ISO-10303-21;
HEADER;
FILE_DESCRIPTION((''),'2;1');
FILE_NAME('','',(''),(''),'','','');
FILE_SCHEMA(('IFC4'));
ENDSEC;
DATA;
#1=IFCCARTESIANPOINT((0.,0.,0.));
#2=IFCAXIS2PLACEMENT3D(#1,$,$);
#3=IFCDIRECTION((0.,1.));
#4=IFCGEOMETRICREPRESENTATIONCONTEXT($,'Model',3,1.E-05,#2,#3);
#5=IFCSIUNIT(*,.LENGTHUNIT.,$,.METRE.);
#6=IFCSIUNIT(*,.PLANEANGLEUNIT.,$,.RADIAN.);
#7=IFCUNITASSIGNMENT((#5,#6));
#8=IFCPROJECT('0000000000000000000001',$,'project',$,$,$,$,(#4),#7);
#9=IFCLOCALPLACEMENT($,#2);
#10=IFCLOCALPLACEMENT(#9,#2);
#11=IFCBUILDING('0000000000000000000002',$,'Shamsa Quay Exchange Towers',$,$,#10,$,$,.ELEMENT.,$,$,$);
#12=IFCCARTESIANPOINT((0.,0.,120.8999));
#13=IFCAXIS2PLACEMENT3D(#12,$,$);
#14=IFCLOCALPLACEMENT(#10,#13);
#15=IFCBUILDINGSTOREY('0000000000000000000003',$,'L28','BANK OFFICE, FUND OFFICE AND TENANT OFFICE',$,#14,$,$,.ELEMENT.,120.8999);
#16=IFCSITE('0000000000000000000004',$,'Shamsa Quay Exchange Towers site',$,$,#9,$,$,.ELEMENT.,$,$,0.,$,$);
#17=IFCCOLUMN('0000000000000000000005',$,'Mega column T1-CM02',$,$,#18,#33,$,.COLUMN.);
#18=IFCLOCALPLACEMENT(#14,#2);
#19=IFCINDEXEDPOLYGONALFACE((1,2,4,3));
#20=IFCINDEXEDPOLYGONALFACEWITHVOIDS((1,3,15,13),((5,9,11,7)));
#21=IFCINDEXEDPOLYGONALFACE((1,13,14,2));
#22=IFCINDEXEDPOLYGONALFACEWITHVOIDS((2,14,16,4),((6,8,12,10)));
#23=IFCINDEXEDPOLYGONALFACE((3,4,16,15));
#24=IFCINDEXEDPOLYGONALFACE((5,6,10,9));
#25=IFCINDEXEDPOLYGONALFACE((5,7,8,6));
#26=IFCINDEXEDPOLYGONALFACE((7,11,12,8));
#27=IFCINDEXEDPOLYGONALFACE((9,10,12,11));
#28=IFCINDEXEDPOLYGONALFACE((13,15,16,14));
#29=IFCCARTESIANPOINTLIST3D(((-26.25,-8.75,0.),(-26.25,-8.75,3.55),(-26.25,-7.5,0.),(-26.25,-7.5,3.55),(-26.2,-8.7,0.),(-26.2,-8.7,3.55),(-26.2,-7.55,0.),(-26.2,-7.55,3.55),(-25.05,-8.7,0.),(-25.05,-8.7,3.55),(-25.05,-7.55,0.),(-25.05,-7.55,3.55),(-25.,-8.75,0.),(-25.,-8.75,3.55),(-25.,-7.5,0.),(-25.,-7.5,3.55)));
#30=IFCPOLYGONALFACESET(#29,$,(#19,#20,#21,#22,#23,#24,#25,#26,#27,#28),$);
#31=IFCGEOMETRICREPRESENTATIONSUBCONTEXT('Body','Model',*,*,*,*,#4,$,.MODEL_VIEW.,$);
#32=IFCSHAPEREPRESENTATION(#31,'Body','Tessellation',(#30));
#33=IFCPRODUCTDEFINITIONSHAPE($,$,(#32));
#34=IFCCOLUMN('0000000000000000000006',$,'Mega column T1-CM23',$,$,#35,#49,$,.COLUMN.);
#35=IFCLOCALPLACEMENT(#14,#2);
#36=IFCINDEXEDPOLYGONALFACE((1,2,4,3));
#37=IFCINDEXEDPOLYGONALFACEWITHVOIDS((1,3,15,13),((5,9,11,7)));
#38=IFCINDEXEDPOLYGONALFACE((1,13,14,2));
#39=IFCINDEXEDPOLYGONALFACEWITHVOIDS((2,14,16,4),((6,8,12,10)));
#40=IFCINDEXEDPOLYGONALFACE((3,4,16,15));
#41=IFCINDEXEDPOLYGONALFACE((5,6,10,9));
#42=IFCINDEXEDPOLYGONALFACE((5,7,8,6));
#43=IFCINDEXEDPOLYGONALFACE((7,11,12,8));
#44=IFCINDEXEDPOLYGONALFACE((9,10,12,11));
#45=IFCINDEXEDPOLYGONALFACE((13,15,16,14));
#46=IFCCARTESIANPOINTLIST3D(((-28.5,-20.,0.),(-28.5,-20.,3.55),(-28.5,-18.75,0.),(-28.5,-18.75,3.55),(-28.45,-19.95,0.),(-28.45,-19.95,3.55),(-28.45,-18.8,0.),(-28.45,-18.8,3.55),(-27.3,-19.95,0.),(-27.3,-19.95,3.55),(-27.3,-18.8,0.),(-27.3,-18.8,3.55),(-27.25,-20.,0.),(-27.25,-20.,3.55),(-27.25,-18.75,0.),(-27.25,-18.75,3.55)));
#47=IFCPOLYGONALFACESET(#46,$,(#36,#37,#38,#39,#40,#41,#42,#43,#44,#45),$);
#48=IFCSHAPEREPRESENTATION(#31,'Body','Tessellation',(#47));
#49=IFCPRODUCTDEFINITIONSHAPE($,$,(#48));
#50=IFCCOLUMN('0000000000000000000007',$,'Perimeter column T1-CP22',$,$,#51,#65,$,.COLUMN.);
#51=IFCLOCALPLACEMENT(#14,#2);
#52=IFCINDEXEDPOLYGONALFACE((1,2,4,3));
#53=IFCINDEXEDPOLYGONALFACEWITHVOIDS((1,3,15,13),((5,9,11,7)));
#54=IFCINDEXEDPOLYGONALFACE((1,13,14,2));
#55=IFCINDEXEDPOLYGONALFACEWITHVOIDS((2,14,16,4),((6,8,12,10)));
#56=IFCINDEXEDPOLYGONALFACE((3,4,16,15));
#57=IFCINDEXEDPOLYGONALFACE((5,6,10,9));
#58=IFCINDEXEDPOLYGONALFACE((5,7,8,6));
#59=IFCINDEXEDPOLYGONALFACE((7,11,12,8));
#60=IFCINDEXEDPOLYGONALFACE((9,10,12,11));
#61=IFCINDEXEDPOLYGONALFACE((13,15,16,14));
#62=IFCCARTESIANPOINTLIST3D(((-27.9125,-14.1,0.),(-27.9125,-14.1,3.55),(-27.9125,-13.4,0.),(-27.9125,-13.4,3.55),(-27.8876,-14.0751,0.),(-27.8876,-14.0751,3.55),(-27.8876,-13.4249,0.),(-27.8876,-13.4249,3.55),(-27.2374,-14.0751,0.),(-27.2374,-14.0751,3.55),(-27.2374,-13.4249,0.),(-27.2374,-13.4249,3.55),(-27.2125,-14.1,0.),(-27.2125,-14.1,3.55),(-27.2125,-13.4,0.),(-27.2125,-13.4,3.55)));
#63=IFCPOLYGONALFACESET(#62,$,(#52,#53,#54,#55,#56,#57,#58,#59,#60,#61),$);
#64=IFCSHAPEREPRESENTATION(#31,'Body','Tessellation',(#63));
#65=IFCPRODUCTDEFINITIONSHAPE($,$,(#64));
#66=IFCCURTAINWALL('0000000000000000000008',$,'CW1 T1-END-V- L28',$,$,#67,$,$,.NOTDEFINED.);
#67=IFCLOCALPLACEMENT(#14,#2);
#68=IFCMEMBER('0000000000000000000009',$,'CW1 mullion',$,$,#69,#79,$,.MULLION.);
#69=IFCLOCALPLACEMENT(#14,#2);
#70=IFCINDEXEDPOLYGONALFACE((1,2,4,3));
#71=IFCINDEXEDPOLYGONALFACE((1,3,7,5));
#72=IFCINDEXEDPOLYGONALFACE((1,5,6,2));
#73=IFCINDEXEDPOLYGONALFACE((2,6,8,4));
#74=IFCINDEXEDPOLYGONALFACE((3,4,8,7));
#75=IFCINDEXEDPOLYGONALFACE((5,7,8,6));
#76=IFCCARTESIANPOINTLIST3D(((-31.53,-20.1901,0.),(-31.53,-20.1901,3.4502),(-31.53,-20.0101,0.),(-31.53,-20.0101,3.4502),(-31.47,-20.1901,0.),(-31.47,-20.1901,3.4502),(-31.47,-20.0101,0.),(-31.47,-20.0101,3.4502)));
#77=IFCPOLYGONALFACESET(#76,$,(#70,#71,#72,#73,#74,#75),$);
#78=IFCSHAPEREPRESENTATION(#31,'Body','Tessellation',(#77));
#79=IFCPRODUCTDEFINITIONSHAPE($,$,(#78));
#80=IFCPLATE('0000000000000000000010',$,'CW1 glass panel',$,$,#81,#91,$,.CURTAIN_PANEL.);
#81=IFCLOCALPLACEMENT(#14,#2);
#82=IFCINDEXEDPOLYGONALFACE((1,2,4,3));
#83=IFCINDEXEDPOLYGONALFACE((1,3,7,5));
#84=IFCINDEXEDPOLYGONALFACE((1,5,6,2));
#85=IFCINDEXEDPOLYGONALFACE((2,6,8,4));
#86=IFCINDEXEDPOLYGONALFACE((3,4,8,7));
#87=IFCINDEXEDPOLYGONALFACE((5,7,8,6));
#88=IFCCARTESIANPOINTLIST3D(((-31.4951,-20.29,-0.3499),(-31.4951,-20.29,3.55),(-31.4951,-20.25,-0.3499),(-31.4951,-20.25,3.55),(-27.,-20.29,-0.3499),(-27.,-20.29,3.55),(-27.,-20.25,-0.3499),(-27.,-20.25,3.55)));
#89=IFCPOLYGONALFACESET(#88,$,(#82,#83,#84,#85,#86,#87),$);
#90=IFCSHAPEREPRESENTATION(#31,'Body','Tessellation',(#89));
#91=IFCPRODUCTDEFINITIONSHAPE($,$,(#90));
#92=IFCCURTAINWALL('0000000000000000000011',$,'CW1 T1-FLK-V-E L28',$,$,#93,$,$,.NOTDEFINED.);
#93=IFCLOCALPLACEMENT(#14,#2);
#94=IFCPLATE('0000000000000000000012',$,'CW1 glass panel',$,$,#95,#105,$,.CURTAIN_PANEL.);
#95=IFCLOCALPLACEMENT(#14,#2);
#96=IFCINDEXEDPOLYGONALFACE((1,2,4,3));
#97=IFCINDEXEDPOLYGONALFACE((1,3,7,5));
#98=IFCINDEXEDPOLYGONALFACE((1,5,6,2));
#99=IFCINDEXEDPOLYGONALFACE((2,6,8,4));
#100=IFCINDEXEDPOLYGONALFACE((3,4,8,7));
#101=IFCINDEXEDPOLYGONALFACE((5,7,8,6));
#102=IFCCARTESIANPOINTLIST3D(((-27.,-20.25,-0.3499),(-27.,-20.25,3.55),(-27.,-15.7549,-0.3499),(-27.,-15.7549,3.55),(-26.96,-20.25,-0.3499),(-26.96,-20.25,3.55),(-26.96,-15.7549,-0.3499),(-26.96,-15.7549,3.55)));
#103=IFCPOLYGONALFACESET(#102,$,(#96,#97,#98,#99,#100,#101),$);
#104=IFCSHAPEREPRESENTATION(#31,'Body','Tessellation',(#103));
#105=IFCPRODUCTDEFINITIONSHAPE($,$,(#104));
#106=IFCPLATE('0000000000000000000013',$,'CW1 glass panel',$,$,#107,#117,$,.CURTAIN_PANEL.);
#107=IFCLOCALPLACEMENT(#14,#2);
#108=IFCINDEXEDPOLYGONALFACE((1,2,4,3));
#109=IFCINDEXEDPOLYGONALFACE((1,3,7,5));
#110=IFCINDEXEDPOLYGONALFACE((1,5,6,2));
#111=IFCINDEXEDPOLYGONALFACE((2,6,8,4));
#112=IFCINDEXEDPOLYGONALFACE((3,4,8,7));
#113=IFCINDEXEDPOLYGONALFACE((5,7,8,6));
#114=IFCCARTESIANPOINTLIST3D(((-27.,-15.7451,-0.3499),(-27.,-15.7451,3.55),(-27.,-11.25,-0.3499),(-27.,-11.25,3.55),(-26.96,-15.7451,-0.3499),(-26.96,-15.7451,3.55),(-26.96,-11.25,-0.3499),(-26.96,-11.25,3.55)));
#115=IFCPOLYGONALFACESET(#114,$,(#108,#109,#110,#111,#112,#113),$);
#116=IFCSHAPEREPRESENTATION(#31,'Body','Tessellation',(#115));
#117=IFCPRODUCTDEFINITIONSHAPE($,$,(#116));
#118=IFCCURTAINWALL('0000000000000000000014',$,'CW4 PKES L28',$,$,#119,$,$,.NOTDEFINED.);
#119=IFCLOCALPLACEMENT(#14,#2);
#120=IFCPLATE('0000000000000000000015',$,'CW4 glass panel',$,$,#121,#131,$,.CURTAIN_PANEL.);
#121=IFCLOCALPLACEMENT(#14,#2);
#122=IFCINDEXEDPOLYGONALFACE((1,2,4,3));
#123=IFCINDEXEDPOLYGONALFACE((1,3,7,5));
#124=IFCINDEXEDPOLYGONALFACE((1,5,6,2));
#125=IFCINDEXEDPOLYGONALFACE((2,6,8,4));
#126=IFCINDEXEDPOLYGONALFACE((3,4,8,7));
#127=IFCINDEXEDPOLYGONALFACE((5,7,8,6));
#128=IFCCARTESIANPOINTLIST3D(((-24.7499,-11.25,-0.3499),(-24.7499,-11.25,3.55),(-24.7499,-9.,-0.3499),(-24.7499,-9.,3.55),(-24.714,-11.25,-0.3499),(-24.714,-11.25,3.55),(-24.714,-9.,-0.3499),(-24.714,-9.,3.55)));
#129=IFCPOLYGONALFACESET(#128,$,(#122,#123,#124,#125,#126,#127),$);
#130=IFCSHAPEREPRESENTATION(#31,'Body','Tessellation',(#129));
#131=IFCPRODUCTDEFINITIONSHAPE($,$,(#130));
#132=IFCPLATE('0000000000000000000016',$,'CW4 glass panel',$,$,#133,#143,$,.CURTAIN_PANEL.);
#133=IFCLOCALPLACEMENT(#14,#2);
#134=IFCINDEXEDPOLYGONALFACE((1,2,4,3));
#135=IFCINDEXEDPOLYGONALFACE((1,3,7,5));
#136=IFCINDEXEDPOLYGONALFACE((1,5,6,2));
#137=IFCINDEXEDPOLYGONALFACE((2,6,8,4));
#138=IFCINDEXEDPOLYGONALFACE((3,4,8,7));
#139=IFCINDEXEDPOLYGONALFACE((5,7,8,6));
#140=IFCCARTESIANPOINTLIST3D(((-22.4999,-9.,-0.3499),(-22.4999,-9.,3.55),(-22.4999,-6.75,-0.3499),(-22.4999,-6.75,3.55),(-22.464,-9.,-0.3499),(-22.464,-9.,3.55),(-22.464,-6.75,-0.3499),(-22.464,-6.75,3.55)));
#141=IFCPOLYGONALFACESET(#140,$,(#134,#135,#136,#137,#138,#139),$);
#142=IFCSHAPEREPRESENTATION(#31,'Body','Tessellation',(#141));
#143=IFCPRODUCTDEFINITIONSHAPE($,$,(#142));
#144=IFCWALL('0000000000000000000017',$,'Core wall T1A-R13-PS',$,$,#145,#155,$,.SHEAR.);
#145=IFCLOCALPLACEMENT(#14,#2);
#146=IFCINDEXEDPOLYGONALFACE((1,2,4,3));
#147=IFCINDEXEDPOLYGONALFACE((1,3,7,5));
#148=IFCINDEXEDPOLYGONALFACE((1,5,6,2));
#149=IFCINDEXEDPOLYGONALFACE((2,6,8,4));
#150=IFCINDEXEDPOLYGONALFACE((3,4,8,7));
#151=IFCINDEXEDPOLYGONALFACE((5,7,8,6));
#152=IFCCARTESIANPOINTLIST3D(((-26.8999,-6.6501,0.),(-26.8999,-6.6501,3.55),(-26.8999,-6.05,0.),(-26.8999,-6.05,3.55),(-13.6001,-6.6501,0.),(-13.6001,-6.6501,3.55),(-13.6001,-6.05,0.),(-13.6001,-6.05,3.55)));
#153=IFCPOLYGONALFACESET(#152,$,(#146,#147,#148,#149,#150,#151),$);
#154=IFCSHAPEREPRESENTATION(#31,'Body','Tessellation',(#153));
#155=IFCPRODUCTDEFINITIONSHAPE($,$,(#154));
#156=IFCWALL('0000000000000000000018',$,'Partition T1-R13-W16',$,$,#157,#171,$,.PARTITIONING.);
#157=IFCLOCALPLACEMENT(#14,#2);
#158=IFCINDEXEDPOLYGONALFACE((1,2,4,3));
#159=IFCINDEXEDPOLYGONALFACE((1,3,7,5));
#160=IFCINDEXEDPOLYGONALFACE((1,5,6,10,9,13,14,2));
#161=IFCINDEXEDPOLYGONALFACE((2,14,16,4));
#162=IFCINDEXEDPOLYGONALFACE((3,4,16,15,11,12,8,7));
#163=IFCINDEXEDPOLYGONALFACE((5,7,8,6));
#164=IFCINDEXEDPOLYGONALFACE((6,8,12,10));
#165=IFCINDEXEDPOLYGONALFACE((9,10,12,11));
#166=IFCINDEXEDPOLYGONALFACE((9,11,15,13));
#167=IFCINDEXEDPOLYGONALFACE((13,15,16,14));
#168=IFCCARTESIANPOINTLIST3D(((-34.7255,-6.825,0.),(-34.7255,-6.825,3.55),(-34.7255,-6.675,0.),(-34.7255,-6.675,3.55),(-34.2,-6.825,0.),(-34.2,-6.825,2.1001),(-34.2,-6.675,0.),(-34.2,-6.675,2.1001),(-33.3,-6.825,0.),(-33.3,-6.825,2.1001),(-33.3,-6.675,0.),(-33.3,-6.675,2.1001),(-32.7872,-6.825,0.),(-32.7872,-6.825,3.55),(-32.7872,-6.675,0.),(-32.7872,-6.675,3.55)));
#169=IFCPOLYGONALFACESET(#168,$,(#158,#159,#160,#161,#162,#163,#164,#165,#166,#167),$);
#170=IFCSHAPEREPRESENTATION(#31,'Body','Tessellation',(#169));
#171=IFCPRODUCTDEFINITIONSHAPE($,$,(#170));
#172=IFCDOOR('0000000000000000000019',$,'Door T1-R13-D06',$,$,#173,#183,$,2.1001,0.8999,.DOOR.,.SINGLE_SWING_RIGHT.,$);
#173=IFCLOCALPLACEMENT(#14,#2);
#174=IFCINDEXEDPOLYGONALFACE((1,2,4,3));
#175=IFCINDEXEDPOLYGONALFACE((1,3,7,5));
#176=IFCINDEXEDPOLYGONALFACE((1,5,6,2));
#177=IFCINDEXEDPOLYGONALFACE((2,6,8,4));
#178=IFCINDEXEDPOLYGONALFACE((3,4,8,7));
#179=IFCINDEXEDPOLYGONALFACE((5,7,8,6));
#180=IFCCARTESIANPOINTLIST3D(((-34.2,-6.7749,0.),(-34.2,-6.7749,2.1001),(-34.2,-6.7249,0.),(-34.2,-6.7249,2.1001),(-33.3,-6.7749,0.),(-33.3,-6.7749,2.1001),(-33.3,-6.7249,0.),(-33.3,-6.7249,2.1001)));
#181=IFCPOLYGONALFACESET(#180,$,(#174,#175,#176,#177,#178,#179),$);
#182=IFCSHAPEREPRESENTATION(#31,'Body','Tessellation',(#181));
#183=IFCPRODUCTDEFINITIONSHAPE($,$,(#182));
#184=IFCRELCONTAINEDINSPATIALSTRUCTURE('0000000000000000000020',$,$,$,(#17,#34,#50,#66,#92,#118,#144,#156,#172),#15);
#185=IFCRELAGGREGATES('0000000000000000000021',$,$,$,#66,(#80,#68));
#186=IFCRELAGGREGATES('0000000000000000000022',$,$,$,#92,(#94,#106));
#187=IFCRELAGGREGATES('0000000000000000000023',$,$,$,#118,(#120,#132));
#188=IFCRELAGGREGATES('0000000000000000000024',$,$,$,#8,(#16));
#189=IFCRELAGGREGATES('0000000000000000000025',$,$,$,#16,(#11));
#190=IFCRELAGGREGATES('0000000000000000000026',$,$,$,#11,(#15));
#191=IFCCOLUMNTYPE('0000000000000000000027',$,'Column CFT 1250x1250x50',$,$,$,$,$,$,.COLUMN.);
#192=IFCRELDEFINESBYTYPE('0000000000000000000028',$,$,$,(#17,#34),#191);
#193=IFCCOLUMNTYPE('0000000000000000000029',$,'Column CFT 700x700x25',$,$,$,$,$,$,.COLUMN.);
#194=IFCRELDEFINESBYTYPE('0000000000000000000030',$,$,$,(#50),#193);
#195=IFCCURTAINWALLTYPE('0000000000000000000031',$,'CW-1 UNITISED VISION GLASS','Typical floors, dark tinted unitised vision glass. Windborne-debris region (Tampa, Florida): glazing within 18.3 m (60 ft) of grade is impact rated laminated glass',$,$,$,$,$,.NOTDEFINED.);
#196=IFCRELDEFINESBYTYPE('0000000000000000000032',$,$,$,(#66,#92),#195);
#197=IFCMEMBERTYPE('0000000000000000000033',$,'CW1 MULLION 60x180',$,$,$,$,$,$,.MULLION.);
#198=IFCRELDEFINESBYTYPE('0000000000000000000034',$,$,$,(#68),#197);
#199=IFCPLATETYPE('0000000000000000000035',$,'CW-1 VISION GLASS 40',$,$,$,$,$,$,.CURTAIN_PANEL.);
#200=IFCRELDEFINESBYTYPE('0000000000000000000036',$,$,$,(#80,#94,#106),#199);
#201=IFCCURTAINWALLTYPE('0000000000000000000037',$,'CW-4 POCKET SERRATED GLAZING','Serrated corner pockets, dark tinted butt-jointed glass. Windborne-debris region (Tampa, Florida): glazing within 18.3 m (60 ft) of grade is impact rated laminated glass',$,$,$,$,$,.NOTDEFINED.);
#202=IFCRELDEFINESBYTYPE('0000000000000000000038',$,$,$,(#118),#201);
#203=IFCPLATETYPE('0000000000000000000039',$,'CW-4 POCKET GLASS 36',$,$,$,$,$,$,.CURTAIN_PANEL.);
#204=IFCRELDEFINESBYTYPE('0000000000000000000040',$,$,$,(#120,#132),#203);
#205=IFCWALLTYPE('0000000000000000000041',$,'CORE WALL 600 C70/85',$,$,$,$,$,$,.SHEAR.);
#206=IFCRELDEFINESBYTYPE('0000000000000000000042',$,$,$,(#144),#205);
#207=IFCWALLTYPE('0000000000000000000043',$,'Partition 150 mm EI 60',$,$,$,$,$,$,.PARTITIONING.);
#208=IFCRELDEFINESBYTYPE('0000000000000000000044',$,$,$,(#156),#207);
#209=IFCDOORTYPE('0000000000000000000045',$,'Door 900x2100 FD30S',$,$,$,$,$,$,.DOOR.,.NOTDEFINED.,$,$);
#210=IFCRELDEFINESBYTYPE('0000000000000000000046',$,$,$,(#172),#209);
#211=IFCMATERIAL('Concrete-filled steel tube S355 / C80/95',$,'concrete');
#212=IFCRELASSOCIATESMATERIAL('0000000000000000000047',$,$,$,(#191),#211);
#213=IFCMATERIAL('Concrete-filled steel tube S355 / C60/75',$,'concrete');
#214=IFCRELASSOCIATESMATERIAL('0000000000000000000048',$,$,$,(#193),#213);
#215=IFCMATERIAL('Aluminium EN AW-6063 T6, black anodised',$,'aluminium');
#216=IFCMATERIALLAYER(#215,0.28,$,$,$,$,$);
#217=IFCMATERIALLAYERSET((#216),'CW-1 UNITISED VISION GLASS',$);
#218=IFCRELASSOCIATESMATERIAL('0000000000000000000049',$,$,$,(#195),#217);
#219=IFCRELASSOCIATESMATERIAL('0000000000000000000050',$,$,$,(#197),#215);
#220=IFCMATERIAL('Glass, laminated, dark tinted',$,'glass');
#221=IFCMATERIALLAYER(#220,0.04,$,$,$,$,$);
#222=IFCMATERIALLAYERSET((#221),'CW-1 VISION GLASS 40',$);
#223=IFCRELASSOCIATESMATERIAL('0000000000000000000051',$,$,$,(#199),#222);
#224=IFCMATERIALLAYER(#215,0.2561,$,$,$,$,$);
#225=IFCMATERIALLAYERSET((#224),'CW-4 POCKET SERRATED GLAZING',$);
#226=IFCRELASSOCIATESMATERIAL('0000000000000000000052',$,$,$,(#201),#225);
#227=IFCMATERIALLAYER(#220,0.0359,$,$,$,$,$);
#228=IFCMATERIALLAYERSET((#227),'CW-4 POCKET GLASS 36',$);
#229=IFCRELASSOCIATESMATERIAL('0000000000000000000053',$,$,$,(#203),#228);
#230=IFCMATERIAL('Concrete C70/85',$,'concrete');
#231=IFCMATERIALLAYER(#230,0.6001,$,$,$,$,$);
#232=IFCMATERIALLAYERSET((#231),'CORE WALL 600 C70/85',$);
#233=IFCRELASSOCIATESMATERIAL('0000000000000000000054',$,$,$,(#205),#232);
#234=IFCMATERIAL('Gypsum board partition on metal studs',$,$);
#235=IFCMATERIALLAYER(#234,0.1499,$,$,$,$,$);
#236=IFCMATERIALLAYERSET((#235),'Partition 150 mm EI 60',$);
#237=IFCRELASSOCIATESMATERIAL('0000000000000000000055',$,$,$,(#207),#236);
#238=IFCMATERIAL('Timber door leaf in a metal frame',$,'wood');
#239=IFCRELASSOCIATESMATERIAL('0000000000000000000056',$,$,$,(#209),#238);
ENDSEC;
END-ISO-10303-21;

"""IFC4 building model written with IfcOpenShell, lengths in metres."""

from ifc_helpers import new_model, si_unit, direction, frame, frame_2d, origin, origin_2d, place, context, subcontext, project, spatial, rectangle, hollow_rectangle, extrude, material, layer, layer_set, material_profile, profile_set, type_object, element, fill, aggregate, save


model = new_model("IFC4")

# Units and contexts
model_context = context("Model", 3, precision=1e-05, world=origin(), true_north=direction((0.0, 1.0)))
body_context = subcontext(model_context, "Body", "Model", "MODEL_VIEW")
ifc_project = project(units=[si_unit("LENGTHUNIT", "METRE"), si_unit("PLANEANGLEUNIT", "RADIAN")], contexts=[model_context])

# Site, building, storey
site_placement = place(None, origin())
site = spatial("IfcSite", under=ifc_project, at=site_placement, Name="Shamsa Quay Exchange Towers site", CompositionType="ELEMENT", RefElevation=0.0)
building_placement = place(site_placement, origin())
building = spatial("IfcBuilding", under=site, at=building_placement, Name="Shamsa Quay Exchange Towers", CompositionType="ELEMENT")
storey_placement = place(building_placement, frame((0.0, 0.0, 120.8999)))
storey = spatial("IfcBuildingStorey", under=building, at=storey_placement, Name="L28", Description="BANK OFFICE, FUND OFFICE AND TENANT OFFICE", CompositionType="ELEMENT", Elevation=120.8999)

# Columns
ifc_material_1 = material(Name="Concrete-filled steel tube S355 / C80/95", Category="concrete")
ifc_material_profile_1 = material_profile(ifc_material_1, hollow_rectangle(XDim=1.25, YDim=1.25, WallThickness=0.05, at=origin_2d()), Name="CFT 1250x1250x50")
ifc_profile_set_1 = profile_set([ifc_material_profile_1], Name="Concrete-filled steel tube S355 / C80/95")
column_type_1 = type_object("IfcColumnType", Name="Column CFT 1250x1250x50", PredefinedType="COLUMN", material=ifc_profile_set_1)
for number, where, name in (
    (1, (-25.625, -8.125, 0.0), "Mega column T1-CM02"),
    (2, (-27.875, -19.375, 0.0), "Mega column T1-CM23"),
):
    element("IfcColumn", number, at=place(storey_placement, frame(where)), inside=storey, type_object=column_type_1, Name=name, PredefinedType="COLUMN", context=body_context, shape_type="SweptSolid", body=[
        extrude(hollow_rectangle(XDim=1.25, YDim=1.25, WallThickness=0.05, at=origin_2d()), origin(), (0.0, 0.0, 1.0), 3.55),
    ])
ifc_material_2 = material(Name="Concrete-filled steel tube S355 / C60/75", Category="concrete")
ifc_material_profile_2 = material_profile(ifc_material_2, hollow_rectangle(XDim=0.7, YDim=0.7, WallThickness=0.0249, at=origin_2d()), Name="CFT 700x700x25")
ifc_profile_set_2 = profile_set([ifc_material_profile_2], Name="Concrete-filled steel tube S355 / C60/75")
column_type_2 = type_object("IfcColumnType", Name="Column CFT 700x700x25", PredefinedType="COLUMN", material=ifc_profile_set_2)
column_placement = place(storey_placement, frame((-27.5625, -13.75, 0.0)))
element("IfcColumn", 3, at=column_placement, inside=storey, type_object=column_type_2, Name="Perimeter column T1-CP22", PredefinedType="COLUMN", context=body_context, shape_type="SweptSolid", body=[
    extrude(hollow_rectangle(XDim=0.7, YDim=0.7, WallThickness=0.0249, at=origin_2d()), origin(), (0.0, 0.0, 1.0), 3.55),
])

# Curtain wall, member, plate
ifc_material_3 = material(Name="Aluminium EN AW-6063 T6, black anodised", Category="aluminium")
ifc_layer_1 = layer(ifc_material_3, 0.28)
ifc_layer_set_1 = layer_set([ifc_layer_1], Name="CW-1 UNITISED VISION GLASS")
curtain_wall_type_1 = type_object("IfcCurtainWallType", Name="CW-1 UNITISED VISION GLASS", Description="Typical floors, dark tinted unitised vision glass. Windborne-debris region (Tampa, Florida): glazing within 18.3 m (60 ft) of grade is impact rated laminated glass", PredefinedType="NOTDEFINED", material=ifc_layer_set_1)
curtain_wall_1_placement = place(storey_placement, origin())
curtain_wall_1 = element("IfcCurtainWall", 4, at=curtain_wall_1_placement, inside=storey, type_object=curtain_wall_type_1, Name="CW1 T1-END-V- L28", PredefinedType="NOTDEFINED")
ifc_material_profile_3 = material_profile(ifc_material_3, rectangle(XDim=0.1799, YDim=0.0601, at=origin_2d()), Name="MU60x180")
ifc_profile_set_3 = profile_set([ifc_material_profile_3], Name="Aluminium EN AW-6063 T6, black anodised")
member_type = type_object("IfcMemberType", Name="CW1 MULLION 60x180", PredefinedType="MULLION", material=ifc_profile_set_3)
member_placement = place(storey_placement, frame((-31.5, -20.1001, 0.0), z_axis=(0.0, 0.0, 1.0), x_axis=(0.0, 1.0, 0.0)))
member = element("IfcMember", 5, at=member_placement, type_object=member_type, Name="CW1 mullion", PredefinedType="MULLION", context=body_context, shape_type="SweptSolid", body=[
    extrude(rectangle(XDim=0.1799, YDim=0.0601, at=origin_2d()), origin(), (0.0, 0.0, 1.0), 3.4502),
])
ifc_material_4 = material(Name="Glass, laminated, dark tinted", Category="glass")
ifc_layer_2 = layer(ifc_material_4, 0.04)
ifc_layer_set_2 = layer_set([ifc_layer_2], Name="CW-1 VISION GLASS 40")
plate_type_1 = type_object("IfcPlateType", Name="CW-1 VISION GLASS 40", PredefinedType="CURTAIN_PANEL", material=ifc_layer_set_2)
plate_1_placement = place(storey_placement, frame((-29.2476, -20.27, -0.3499)))
plate_1 = element("IfcPlate", 6, at=plate_1_placement, type_object=plate_type_1, Name="CW1 glass panel", PredefinedType="CURTAIN_PANEL", context=body_context, shape_type="SweptSolid", body=[
    extrude(rectangle(XDim=4.4951, YDim=0.04, at=origin_2d()), origin(), (0.0, 0.0, 1.0), 3.8999),
])
aggregate(curtain_wall_1, [plate_1, member])

# Curtain walls, plates
curtain_wall_2_placement = place(storey_placement, origin())
curtain_wall_2 = element("IfcCurtainWall", 7, at=curtain_wall_2_placement, inside=storey, type_object=curtain_wall_type_1, Name="CW1 T1-FLK-V-E L28", PredefinedType="NOTDEFINED")
plate_2_placement = place(storey_placement, frame((-26.98, -18.0024, -0.3499), z_axis=(0.0, 0.0, 1.0), x_axis=(0.0, 1.0, 0.0)))
plate_2 = element("IfcPlate", 8, at=plate_2_placement, type_object=plate_type_1, Name="CW1 glass panel", PredefinedType="CURTAIN_PANEL", context=body_context, shape_type="SweptSolid", body=[
    extrude(rectangle(XDim=4.4951, YDim=0.04, at=origin_2d()), origin(), (0.0, 0.0, 1.0), 3.8999),
])
plate_3_placement = place(storey_placement, frame((-26.98, -13.4976, -0.3499), z_axis=(0.0, 0.0, 1.0), x_axis=(0.0, 1.0, 0.0)))
plate_3 = element("IfcPlate", 9, at=plate_3_placement, type_object=plate_type_1, Name="CW1 glass panel", PredefinedType="CURTAIN_PANEL", context=body_context, shape_type="SweptSolid", body=[
    extrude(rectangle(XDim=4.4951, YDim=0.04, at=origin_2d()), origin(), (0.0, 0.0, 1.0), 3.8999),
])
aggregate(curtain_wall_2, [plate_2, plate_3])
ifc_layer_3 = layer(ifc_material_3, 0.2561)
ifc_layer_set_3 = layer_set([ifc_layer_3], Name="CW-4 POCKET SERRATED GLAZING")
curtain_wall_type_2 = type_object("IfcCurtainWallType", Name="CW-4 POCKET SERRATED GLAZING", Description="Serrated corner pockets, dark tinted butt-jointed glass. Windborne-debris region (Tampa, Florida): glazing within 18.3 m (60 ft) of grade is impact rated laminated glass", PredefinedType="NOTDEFINED", material=ifc_layer_set_3)
curtain_wall_3_placement = place(storey_placement, origin())
curtain_wall_3 = element("IfcCurtainWall", 10, at=curtain_wall_3_placement, inside=storey, type_object=curtain_wall_type_2, Name="CW4 PKES L28", PredefinedType="NOTDEFINED")
ifc_layer_4 = layer(ifc_material_4, 0.0359)
ifc_layer_set_4 = layer_set([ifc_layer_4], Name="CW-4 POCKET GLASS 36")
plate_type_2 = type_object("IfcPlateType", Name="CW-4 POCKET GLASS 36", PredefinedType="CURTAIN_PANEL", material=ifc_layer_set_4)
plate_4_placement = place(storey_placement, frame((-24.7319, -10.125, -0.3499), z_axis=(0.0, 0.0, 1.0), x_axis=(0.0, 1.0, 0.0)))
plate_4 = element("IfcPlate", 11, at=plate_4_placement, type_object=plate_type_2, Name="CW4 glass panel", PredefinedType="CURTAIN_PANEL", context=body_context, shape_type="SweptSolid", body=[
    extrude(rectangle(XDim=2.25, YDim=0.0359, at=origin_2d()), origin(), (0.0, 0.0, 1.0), 3.8999),
])
plate_5_placement = place(storey_placement, frame((-22.4819, -7.875, -0.3499), z_axis=(0.0, 0.0, 1.0), x_axis=(0.0, 1.0, 0.0)))
plate_5 = element("IfcPlate", 12, at=plate_5_placement, type_object=plate_type_2, Name="CW4 glass panel", PredefinedType="CURTAIN_PANEL", context=body_context, shape_type="SweptSolid", body=[
    extrude(rectangle(XDim=2.25, YDim=0.0359, at=origin_2d()), origin(), (0.0, 0.0, 1.0), 3.8999),
])
aggregate(curtain_wall_3, [plate_4, plate_5])

# Wall
ifc_material_5 = material(Name="Concrete C70/85", Category="concrete")
ifc_layer_5 = layer(ifc_material_5, 0.6001)
ifc_layer_set_5 = layer_set([ifc_layer_5], Name="CORE WALL 600 C70/85")
wall_type_1 = type_object("IfcWallType", Name="CORE WALL 600 C70/85", PredefinedType="SHEAR", material=ifc_layer_set_5)
wall_1_placement = place(storey_placement, frame((-26.8999, -6.3501, 0.0)))
element("IfcWall", 13, at=wall_1_placement, inside=storey, type_object=wall_type_1, Name="Core wall T1A-R13-PS", PredefinedType="SHEAR", context=body_context, shape_type="SweptSolid", body=[
    extrude(rectangle(XDim=13.2998, YDim=0.6001, at=frame_2d((6.6499, 0.0))), origin(), (0.0, 0.0, 1.0), 3.55),
])

# Wall, opening, door
ifc_material_6 = material(Name="Gypsum board partition on metal studs")
ifc_layer_6 = layer(ifc_material_6, 0.1499)
ifc_layer_set_6 = layer_set([ifc_layer_6], Name="Partition 150 mm EI 60")
wall_type_2 = type_object("IfcWallType", Name="Partition 150 mm EI 60", PredefinedType="PARTITIONING", material=ifc_layer_set_6)
wall_2_placement = place(storey_placement, frame((-32.7871, -6.75, 0.0), z_axis=(0.0, 0.0, 1.0), x_axis=(-1.0, 0.0, 0.0)))
wall_2 = element("IfcWall", 14, at=wall_2_placement, inside=storey, type_object=wall_type_2, Name="Partition T1-R13-W16", PredefinedType="PARTITIONING", context=body_context, shape_type="SweptSolid", body=[
    extrude(rectangle(XDim=1.9382, YDim=0.1499, at=frame_2d((0.9692, 0.0))), origin(), (0.0, 0.0, 1.0), 3.55),
])
opening_1_placement = place(wall_2_placement, frame((0.5129, 0.0, 0.0)))
opening_1 = element("IfcOpeningElement", 15, at=opening_1_placement, cuts=wall_2, PredefinedType="OPENING", context=body_context, shape_type="SweptSolid", body=[
    extrude(rectangle(XDim=0.8999, YDim=2.1001, at=frame_2d((0.45, 1.05))), frame((0.0, 0.085, 0.0), z_axis=(0.0, -1.0, 0.0), x_axis=(1.0, 0.0, 0.0)), (0.0, 0.0, 1.0), 0.1699),
])
ifc_material_7 = material(Name="Timber door leaf in a metal frame", Category="wood")
door_type_1 = type_object("IfcDoorType", Name="Door 900x2100 FD30S", OperationType="NOTDEFINED", PredefinedType="DOOR", material=ifc_material_7)
door_1_placement = place(opening_1_placement, origin())
door_1 = element("IfcDoor", 16, at=door_1_placement, inside=storey, type_object=door_type_1, Name="Door T1-R13-D06", OperationType="SINGLE_SWING_RIGHT", OverallHeight=2.1001, OverallWidth=0.8999, PredefinedType="DOOR", context=body_context, shape_type="SweptSolid", body=[
    extrude(rectangle(XDim=0.8999, YDim=2.1001, at=frame_2d((0.45, 1.05))), frame((0.0, 0.0249, 0.0), z_axis=(0.0, -1.0, 0.0), x_axis=(1.0, 0.0, 0.0)), (0.0, 0.0, 1.0), 0.05),
])
fill(opening_1, door_1)

save(model, "model.ifc")
